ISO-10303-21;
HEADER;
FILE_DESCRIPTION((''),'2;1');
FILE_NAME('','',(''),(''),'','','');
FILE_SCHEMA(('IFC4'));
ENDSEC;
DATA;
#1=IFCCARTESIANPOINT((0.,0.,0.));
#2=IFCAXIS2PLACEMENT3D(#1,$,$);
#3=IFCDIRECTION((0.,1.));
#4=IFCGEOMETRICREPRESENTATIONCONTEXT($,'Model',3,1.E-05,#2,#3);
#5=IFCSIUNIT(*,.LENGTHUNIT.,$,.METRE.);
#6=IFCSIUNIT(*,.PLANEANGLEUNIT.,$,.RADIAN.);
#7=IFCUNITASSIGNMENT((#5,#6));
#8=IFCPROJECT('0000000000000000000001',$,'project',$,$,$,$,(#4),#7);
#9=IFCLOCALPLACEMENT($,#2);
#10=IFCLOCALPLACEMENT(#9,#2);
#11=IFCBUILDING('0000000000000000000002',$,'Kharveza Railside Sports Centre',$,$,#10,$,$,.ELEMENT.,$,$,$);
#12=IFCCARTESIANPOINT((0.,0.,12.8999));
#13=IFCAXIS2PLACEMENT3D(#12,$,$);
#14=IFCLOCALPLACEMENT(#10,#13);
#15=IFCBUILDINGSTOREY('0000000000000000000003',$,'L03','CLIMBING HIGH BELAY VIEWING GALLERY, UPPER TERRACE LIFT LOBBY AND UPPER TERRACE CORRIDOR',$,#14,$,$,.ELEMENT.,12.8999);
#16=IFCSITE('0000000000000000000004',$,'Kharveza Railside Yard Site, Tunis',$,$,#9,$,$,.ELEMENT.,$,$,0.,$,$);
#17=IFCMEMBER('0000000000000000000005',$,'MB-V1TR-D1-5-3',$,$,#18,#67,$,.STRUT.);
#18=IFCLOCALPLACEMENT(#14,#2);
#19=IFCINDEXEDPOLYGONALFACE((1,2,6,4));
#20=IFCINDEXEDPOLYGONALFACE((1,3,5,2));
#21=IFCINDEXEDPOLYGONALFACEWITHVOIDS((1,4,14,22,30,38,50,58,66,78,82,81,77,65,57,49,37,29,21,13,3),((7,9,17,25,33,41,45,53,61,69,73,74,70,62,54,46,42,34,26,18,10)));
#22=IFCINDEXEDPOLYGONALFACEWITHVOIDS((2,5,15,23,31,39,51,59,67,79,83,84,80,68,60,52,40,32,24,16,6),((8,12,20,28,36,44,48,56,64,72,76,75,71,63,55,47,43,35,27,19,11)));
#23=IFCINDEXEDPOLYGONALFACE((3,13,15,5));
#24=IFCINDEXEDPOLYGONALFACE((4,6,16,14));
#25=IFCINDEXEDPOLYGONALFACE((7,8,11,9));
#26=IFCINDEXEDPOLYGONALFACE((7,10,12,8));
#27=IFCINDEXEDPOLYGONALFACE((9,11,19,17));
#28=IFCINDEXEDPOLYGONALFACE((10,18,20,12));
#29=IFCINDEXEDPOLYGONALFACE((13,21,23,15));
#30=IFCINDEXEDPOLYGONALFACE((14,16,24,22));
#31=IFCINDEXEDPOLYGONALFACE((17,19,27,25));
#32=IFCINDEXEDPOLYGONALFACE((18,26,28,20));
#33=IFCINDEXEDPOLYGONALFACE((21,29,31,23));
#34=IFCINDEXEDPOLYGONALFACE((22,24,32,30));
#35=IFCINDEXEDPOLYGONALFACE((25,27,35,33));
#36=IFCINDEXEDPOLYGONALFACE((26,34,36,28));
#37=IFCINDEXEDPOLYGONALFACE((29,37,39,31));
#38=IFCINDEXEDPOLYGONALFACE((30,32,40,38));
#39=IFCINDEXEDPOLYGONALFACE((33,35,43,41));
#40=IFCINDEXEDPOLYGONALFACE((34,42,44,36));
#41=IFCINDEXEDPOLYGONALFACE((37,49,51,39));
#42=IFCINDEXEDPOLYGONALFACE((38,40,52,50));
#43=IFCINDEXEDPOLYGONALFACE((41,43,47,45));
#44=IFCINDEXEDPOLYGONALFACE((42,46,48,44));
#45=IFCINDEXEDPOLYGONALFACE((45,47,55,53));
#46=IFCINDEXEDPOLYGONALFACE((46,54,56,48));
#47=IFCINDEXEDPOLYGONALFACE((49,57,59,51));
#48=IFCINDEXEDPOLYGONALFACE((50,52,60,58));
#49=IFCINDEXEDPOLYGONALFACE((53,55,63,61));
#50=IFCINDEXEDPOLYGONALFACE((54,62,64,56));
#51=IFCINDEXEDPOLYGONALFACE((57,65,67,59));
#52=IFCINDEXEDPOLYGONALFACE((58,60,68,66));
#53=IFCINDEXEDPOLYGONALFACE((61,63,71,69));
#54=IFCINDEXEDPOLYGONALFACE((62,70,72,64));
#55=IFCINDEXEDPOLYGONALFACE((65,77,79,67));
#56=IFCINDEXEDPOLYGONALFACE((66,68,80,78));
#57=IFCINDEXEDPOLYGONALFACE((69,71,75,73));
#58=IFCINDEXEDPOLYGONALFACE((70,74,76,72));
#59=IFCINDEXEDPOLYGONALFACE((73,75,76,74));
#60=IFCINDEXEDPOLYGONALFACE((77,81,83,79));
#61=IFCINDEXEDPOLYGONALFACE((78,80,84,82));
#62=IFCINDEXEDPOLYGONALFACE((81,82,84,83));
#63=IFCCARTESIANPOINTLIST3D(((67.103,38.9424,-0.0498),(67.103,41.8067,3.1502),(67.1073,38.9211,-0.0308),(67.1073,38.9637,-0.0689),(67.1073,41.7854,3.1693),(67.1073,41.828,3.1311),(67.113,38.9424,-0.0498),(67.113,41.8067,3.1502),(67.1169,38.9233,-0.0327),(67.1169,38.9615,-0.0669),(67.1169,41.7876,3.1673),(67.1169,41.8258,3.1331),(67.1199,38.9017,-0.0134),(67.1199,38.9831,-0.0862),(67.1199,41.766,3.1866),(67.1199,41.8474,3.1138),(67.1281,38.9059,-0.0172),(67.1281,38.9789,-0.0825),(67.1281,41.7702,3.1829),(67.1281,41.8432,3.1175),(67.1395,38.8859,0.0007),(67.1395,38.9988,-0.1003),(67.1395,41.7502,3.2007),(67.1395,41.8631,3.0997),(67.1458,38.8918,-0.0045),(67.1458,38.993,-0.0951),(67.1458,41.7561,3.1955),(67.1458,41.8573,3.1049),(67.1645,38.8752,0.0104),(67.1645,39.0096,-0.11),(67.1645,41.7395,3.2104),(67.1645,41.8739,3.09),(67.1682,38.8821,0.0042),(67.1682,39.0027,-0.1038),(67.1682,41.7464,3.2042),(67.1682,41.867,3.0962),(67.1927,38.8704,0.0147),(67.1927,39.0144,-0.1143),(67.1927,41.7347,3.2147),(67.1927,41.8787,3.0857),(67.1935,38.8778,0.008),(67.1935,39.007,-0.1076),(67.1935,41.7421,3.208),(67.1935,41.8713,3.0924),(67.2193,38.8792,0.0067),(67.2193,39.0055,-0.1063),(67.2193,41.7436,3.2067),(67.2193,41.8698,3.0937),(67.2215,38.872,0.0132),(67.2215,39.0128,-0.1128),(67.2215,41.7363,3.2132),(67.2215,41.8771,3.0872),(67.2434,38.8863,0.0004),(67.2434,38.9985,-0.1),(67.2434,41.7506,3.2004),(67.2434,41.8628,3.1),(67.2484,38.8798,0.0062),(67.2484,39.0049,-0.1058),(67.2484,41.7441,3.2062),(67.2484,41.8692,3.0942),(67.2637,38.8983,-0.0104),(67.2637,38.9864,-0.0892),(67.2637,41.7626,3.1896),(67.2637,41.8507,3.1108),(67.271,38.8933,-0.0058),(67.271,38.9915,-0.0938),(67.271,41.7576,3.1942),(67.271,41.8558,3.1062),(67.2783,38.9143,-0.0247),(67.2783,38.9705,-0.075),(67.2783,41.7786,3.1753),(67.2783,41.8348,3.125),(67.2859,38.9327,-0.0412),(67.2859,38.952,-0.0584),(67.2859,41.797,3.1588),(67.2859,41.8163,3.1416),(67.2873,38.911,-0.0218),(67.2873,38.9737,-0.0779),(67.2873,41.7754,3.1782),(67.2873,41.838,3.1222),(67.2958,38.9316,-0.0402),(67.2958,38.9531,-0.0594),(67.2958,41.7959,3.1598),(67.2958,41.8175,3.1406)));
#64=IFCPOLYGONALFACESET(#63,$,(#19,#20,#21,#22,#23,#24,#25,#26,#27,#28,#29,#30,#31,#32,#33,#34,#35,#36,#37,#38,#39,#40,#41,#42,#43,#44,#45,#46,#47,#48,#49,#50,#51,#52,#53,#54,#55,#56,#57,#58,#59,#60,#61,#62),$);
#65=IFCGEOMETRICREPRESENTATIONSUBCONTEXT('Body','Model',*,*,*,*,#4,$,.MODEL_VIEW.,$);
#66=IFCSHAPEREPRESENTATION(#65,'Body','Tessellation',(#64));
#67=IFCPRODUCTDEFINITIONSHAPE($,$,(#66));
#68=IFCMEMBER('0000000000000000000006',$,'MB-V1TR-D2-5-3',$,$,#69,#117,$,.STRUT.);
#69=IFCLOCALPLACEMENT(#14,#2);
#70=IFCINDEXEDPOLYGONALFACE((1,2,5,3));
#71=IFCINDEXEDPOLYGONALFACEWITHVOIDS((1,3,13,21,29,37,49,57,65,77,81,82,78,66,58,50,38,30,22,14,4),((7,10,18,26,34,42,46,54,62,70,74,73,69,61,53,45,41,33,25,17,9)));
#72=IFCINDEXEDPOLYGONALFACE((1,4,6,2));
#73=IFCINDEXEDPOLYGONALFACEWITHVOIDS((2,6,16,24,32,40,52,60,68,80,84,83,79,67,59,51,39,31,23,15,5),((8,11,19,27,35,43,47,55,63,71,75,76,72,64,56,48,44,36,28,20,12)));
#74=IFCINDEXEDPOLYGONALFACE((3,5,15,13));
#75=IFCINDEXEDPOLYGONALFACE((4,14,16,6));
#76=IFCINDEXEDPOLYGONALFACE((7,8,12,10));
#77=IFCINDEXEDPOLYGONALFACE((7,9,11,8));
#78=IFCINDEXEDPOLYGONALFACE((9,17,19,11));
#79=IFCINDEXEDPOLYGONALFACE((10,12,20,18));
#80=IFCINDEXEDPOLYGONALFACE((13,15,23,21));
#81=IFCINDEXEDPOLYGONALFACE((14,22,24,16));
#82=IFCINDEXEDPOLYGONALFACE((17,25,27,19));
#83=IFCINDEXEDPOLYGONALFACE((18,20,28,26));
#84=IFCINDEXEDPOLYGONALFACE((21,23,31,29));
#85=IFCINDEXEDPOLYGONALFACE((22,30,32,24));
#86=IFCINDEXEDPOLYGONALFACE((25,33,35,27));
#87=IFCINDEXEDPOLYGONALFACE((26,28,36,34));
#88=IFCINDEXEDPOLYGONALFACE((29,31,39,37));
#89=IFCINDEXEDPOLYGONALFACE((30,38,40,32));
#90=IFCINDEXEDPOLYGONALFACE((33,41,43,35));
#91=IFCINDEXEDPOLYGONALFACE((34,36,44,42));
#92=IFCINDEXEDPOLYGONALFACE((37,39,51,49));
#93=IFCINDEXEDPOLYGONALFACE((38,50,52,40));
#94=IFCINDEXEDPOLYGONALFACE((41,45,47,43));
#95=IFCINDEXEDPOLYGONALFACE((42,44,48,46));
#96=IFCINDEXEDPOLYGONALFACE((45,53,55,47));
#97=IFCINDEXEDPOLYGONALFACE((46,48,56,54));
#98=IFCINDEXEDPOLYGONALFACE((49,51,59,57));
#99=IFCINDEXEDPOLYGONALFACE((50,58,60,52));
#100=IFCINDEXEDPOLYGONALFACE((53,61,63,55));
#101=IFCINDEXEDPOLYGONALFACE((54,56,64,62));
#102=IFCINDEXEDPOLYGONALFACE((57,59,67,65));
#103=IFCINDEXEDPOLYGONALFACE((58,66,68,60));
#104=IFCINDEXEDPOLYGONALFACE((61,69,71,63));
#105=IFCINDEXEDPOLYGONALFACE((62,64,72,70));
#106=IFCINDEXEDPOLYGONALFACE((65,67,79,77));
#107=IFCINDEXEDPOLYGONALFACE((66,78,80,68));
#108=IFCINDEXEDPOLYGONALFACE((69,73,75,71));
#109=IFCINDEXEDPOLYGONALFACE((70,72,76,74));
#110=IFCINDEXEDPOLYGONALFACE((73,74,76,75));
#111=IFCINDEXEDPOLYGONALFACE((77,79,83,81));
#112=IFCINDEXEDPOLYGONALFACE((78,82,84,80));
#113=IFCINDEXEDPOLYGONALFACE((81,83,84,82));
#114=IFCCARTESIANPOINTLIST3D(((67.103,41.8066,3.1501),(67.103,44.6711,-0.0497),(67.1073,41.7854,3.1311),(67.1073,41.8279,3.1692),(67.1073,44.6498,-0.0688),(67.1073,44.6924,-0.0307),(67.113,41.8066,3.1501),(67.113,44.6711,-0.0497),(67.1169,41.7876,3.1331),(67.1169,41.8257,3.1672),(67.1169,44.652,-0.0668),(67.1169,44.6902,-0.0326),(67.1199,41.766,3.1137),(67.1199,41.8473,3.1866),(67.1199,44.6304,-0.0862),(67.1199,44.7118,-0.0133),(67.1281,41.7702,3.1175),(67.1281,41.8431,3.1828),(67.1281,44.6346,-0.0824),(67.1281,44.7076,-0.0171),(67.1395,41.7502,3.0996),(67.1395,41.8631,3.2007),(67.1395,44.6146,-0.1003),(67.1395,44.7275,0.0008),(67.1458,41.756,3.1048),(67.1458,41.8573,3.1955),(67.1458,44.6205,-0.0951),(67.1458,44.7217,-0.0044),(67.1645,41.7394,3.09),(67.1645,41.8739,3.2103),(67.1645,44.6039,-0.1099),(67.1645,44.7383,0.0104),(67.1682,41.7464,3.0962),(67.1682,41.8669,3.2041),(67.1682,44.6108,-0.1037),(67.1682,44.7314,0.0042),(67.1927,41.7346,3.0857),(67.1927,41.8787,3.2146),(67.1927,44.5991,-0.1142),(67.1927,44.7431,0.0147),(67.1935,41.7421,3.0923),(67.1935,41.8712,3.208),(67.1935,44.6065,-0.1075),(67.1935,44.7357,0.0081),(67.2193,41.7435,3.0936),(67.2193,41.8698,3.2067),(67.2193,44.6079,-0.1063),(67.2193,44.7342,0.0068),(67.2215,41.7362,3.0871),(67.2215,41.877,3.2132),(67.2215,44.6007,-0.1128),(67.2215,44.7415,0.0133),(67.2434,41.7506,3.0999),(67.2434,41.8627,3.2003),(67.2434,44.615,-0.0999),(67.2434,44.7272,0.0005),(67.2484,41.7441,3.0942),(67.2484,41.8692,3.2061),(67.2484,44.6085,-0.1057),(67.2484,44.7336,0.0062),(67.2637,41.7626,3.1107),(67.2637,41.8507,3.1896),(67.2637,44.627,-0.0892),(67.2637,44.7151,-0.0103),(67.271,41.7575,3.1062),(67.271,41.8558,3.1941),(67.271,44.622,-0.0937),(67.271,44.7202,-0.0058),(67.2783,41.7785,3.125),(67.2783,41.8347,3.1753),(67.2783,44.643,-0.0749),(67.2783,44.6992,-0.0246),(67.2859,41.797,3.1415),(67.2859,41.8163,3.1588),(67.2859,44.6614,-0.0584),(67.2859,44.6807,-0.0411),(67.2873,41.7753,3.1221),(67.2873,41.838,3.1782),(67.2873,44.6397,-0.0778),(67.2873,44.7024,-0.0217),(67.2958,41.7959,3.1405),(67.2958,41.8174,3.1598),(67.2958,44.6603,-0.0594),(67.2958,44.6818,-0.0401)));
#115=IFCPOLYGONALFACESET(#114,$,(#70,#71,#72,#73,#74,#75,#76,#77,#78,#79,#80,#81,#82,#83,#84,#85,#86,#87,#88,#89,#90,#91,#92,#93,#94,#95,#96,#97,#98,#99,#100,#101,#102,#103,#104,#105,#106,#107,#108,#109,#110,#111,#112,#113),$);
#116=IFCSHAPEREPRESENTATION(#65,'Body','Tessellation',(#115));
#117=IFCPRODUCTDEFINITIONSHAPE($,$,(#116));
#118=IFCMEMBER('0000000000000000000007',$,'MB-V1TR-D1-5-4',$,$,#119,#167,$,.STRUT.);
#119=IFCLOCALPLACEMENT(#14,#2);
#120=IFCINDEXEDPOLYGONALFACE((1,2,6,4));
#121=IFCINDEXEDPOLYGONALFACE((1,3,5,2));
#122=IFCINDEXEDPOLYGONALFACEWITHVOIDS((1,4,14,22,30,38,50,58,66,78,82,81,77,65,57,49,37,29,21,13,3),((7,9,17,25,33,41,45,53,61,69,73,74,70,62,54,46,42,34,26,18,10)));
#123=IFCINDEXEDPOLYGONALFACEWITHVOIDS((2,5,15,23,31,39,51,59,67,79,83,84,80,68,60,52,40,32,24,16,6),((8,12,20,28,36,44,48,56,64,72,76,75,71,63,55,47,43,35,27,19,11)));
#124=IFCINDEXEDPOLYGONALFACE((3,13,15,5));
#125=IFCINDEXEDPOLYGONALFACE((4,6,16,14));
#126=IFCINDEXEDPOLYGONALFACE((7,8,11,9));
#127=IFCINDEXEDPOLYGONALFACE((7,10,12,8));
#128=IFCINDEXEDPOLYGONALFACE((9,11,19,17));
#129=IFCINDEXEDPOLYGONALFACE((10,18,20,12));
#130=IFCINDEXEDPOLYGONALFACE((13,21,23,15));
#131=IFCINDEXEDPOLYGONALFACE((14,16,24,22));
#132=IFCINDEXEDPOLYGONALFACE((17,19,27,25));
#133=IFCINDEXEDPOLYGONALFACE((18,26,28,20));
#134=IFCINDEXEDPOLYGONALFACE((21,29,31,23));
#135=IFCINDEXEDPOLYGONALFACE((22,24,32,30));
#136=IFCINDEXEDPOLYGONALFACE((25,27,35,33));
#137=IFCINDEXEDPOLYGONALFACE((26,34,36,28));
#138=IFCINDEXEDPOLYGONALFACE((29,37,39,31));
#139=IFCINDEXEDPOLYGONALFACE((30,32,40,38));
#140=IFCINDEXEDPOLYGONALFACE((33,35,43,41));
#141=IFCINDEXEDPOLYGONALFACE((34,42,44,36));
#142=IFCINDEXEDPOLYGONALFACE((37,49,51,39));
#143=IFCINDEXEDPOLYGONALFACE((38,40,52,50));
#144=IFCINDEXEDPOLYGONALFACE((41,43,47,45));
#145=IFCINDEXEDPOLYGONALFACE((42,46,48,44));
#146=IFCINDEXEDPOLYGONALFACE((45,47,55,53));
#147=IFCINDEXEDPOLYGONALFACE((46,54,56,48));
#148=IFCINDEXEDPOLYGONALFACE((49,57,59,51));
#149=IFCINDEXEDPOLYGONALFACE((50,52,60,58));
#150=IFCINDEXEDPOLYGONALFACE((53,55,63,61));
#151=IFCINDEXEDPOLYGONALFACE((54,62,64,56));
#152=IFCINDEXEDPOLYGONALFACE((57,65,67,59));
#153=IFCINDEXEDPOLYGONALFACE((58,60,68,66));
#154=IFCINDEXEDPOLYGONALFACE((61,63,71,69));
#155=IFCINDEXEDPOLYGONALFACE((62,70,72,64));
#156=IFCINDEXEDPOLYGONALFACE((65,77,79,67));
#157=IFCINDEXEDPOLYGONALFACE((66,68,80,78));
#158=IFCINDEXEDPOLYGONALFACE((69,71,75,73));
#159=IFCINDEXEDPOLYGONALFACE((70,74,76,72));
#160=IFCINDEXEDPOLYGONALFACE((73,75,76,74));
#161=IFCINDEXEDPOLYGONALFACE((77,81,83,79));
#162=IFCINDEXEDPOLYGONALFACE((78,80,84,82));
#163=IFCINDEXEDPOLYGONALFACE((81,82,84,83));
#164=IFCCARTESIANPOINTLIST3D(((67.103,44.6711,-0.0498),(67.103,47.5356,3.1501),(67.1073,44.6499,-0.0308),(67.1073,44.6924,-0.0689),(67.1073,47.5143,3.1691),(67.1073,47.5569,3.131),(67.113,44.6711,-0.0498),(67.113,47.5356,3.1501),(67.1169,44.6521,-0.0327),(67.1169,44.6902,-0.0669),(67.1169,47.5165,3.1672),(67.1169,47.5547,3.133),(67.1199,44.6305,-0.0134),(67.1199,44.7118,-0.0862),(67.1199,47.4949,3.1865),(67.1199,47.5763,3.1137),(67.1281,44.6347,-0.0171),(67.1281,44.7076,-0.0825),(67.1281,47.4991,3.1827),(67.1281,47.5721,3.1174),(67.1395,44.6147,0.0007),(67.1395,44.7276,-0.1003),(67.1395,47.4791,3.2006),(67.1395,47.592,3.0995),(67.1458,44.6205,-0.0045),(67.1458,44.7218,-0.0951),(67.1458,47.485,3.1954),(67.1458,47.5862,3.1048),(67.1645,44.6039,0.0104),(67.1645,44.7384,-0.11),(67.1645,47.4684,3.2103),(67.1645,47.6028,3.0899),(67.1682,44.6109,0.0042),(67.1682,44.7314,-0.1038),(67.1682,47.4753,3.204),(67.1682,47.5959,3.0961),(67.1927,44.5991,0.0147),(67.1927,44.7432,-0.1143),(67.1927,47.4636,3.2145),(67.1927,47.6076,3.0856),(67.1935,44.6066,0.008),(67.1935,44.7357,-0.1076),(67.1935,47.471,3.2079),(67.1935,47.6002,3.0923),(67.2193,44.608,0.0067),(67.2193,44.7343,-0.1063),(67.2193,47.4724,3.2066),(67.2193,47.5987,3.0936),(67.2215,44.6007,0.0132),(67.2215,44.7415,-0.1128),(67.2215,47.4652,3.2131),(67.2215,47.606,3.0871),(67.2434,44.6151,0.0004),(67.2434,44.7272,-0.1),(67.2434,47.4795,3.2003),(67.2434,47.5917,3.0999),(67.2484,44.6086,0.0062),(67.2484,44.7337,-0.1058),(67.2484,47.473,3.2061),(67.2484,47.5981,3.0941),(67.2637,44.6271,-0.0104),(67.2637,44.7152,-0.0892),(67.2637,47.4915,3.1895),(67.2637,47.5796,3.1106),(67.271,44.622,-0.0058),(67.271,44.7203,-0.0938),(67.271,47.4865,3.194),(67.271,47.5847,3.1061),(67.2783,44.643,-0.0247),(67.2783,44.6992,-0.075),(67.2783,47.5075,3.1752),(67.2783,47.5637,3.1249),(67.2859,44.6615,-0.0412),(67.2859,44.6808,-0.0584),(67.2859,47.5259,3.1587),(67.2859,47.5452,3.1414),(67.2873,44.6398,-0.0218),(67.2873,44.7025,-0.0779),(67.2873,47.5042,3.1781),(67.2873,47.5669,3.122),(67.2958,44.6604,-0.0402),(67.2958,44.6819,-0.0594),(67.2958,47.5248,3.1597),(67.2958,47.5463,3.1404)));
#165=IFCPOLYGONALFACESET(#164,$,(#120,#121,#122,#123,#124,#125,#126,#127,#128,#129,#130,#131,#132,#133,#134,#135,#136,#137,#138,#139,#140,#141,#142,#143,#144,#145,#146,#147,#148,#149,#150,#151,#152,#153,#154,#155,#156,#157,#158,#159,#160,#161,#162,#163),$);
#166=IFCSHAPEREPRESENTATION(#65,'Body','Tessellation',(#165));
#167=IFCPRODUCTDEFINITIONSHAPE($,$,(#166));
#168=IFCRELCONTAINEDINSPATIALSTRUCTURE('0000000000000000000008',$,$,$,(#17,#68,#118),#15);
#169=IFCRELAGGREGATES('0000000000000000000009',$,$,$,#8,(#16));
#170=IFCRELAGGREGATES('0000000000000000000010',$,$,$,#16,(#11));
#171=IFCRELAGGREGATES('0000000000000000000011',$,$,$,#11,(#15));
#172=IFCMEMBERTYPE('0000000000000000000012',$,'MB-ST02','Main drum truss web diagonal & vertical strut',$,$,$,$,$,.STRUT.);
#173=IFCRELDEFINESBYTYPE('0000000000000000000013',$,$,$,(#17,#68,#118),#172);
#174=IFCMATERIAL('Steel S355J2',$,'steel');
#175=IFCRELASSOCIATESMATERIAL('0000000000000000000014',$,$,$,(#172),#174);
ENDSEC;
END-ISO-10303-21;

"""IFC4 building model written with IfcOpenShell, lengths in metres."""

from ifc_helpers import new_model, si_unit, direction, frame, origin, origin_2d, place, context, subcontext, project, spatial, hollow_circle, extrude, material, material_profile, profile_set, type_object, element, save


model = new_model("IFC4")

# Units and contexts
model_context = context("Model", 3, precision=1e-05, world=origin(), true_north=direction((0.0, 1.0)))
body_context = subcontext(model_context, "Body", "Model", "MODEL_VIEW")
ifc_project = project(units=[si_unit("LENGTHUNIT", "METRE"), si_unit("PLANEANGLEUNIT", "RADIAN")], contexts=[model_context])

# Site, building, storey
site_placement = place(None, origin())
site = spatial("IfcSite", under=ifc_project, at=site_placement, Name="Kharveza Railside Yard Site, Tunis", CompositionType="ELEMENT", RefElevation=0.0)
building_placement = place(site_placement, origin())
building = spatial("IfcBuilding", under=site, at=building_placement, Name="Kharveza Railside Sports Centre", CompositionType="ELEMENT")
storey_placement = place(building_placement, frame((0.0, 0.0, 12.8999)))
storey = spatial("IfcBuildingStorey", under=building, at=storey_placement, Name="L03", Description="CLIMBING HIGH BELAY VIEWING GALLERY, UPPER TERRACE LIFT LOBBY AND UPPER TERRACE CORRIDOR", CompositionType="ELEMENT", Elevation=12.8999)

# Members
ifc_material = material(Name="Steel S355J2", Category="steel")
ifc_material_profile_1 = material_profile(ifc_material, hollow_circle(Radius=0.0969, WallThickness=0.01, at=origin_2d()), Name="CHS 193.7x10.0")
ifc_profile_set_1 = profile_set([ifc_material_profile_1], Name="Steel S355J2")
member_type_1 = type_object("IfcMemberType", Name="MB-ST02", Description="Main drum truss web diagonal & vertical strut", PredefinedType="STRUT", material=ifc_profile_set_1)
for number, where, z_axis, x_axis, name in (
    (1, (67.2, 38.9424, -0.0498), (0.0, 0.666943, 0.745109), (-1.0, 0.0, 0.0), "MB-V1TR-D1-5-3"),
    (2, (67.2, 41.8066, 3.1501), (0.0, 0.666974, -0.745081), (-1.0, 0.0, 0.0), "MB-V1TR-D2-5-3"),
    (3, (67.2, 44.6711, -0.0498), (0.0, 0.666974, 0.745081), (-1.0, 0.0, 0.0), "MB-V1TR-D1-5-4"),
):
    element("IfcMember", number, at=place(storey_placement, frame(where, z_axis=z_axis, x_axis=x_axis)), inside=storey, type_object=member_type_1, Name=name, PredefinedType="STRUT", context=body_context, shape_type="SweptSolid", body=[
        extrude(hollow_circle(Radius=0.0969, WallThickness=0.01, at=origin_2d()), origin(), (0.0, 0.0, 1.0), 4.2947),
    ])

save(model, "model.ifc")
